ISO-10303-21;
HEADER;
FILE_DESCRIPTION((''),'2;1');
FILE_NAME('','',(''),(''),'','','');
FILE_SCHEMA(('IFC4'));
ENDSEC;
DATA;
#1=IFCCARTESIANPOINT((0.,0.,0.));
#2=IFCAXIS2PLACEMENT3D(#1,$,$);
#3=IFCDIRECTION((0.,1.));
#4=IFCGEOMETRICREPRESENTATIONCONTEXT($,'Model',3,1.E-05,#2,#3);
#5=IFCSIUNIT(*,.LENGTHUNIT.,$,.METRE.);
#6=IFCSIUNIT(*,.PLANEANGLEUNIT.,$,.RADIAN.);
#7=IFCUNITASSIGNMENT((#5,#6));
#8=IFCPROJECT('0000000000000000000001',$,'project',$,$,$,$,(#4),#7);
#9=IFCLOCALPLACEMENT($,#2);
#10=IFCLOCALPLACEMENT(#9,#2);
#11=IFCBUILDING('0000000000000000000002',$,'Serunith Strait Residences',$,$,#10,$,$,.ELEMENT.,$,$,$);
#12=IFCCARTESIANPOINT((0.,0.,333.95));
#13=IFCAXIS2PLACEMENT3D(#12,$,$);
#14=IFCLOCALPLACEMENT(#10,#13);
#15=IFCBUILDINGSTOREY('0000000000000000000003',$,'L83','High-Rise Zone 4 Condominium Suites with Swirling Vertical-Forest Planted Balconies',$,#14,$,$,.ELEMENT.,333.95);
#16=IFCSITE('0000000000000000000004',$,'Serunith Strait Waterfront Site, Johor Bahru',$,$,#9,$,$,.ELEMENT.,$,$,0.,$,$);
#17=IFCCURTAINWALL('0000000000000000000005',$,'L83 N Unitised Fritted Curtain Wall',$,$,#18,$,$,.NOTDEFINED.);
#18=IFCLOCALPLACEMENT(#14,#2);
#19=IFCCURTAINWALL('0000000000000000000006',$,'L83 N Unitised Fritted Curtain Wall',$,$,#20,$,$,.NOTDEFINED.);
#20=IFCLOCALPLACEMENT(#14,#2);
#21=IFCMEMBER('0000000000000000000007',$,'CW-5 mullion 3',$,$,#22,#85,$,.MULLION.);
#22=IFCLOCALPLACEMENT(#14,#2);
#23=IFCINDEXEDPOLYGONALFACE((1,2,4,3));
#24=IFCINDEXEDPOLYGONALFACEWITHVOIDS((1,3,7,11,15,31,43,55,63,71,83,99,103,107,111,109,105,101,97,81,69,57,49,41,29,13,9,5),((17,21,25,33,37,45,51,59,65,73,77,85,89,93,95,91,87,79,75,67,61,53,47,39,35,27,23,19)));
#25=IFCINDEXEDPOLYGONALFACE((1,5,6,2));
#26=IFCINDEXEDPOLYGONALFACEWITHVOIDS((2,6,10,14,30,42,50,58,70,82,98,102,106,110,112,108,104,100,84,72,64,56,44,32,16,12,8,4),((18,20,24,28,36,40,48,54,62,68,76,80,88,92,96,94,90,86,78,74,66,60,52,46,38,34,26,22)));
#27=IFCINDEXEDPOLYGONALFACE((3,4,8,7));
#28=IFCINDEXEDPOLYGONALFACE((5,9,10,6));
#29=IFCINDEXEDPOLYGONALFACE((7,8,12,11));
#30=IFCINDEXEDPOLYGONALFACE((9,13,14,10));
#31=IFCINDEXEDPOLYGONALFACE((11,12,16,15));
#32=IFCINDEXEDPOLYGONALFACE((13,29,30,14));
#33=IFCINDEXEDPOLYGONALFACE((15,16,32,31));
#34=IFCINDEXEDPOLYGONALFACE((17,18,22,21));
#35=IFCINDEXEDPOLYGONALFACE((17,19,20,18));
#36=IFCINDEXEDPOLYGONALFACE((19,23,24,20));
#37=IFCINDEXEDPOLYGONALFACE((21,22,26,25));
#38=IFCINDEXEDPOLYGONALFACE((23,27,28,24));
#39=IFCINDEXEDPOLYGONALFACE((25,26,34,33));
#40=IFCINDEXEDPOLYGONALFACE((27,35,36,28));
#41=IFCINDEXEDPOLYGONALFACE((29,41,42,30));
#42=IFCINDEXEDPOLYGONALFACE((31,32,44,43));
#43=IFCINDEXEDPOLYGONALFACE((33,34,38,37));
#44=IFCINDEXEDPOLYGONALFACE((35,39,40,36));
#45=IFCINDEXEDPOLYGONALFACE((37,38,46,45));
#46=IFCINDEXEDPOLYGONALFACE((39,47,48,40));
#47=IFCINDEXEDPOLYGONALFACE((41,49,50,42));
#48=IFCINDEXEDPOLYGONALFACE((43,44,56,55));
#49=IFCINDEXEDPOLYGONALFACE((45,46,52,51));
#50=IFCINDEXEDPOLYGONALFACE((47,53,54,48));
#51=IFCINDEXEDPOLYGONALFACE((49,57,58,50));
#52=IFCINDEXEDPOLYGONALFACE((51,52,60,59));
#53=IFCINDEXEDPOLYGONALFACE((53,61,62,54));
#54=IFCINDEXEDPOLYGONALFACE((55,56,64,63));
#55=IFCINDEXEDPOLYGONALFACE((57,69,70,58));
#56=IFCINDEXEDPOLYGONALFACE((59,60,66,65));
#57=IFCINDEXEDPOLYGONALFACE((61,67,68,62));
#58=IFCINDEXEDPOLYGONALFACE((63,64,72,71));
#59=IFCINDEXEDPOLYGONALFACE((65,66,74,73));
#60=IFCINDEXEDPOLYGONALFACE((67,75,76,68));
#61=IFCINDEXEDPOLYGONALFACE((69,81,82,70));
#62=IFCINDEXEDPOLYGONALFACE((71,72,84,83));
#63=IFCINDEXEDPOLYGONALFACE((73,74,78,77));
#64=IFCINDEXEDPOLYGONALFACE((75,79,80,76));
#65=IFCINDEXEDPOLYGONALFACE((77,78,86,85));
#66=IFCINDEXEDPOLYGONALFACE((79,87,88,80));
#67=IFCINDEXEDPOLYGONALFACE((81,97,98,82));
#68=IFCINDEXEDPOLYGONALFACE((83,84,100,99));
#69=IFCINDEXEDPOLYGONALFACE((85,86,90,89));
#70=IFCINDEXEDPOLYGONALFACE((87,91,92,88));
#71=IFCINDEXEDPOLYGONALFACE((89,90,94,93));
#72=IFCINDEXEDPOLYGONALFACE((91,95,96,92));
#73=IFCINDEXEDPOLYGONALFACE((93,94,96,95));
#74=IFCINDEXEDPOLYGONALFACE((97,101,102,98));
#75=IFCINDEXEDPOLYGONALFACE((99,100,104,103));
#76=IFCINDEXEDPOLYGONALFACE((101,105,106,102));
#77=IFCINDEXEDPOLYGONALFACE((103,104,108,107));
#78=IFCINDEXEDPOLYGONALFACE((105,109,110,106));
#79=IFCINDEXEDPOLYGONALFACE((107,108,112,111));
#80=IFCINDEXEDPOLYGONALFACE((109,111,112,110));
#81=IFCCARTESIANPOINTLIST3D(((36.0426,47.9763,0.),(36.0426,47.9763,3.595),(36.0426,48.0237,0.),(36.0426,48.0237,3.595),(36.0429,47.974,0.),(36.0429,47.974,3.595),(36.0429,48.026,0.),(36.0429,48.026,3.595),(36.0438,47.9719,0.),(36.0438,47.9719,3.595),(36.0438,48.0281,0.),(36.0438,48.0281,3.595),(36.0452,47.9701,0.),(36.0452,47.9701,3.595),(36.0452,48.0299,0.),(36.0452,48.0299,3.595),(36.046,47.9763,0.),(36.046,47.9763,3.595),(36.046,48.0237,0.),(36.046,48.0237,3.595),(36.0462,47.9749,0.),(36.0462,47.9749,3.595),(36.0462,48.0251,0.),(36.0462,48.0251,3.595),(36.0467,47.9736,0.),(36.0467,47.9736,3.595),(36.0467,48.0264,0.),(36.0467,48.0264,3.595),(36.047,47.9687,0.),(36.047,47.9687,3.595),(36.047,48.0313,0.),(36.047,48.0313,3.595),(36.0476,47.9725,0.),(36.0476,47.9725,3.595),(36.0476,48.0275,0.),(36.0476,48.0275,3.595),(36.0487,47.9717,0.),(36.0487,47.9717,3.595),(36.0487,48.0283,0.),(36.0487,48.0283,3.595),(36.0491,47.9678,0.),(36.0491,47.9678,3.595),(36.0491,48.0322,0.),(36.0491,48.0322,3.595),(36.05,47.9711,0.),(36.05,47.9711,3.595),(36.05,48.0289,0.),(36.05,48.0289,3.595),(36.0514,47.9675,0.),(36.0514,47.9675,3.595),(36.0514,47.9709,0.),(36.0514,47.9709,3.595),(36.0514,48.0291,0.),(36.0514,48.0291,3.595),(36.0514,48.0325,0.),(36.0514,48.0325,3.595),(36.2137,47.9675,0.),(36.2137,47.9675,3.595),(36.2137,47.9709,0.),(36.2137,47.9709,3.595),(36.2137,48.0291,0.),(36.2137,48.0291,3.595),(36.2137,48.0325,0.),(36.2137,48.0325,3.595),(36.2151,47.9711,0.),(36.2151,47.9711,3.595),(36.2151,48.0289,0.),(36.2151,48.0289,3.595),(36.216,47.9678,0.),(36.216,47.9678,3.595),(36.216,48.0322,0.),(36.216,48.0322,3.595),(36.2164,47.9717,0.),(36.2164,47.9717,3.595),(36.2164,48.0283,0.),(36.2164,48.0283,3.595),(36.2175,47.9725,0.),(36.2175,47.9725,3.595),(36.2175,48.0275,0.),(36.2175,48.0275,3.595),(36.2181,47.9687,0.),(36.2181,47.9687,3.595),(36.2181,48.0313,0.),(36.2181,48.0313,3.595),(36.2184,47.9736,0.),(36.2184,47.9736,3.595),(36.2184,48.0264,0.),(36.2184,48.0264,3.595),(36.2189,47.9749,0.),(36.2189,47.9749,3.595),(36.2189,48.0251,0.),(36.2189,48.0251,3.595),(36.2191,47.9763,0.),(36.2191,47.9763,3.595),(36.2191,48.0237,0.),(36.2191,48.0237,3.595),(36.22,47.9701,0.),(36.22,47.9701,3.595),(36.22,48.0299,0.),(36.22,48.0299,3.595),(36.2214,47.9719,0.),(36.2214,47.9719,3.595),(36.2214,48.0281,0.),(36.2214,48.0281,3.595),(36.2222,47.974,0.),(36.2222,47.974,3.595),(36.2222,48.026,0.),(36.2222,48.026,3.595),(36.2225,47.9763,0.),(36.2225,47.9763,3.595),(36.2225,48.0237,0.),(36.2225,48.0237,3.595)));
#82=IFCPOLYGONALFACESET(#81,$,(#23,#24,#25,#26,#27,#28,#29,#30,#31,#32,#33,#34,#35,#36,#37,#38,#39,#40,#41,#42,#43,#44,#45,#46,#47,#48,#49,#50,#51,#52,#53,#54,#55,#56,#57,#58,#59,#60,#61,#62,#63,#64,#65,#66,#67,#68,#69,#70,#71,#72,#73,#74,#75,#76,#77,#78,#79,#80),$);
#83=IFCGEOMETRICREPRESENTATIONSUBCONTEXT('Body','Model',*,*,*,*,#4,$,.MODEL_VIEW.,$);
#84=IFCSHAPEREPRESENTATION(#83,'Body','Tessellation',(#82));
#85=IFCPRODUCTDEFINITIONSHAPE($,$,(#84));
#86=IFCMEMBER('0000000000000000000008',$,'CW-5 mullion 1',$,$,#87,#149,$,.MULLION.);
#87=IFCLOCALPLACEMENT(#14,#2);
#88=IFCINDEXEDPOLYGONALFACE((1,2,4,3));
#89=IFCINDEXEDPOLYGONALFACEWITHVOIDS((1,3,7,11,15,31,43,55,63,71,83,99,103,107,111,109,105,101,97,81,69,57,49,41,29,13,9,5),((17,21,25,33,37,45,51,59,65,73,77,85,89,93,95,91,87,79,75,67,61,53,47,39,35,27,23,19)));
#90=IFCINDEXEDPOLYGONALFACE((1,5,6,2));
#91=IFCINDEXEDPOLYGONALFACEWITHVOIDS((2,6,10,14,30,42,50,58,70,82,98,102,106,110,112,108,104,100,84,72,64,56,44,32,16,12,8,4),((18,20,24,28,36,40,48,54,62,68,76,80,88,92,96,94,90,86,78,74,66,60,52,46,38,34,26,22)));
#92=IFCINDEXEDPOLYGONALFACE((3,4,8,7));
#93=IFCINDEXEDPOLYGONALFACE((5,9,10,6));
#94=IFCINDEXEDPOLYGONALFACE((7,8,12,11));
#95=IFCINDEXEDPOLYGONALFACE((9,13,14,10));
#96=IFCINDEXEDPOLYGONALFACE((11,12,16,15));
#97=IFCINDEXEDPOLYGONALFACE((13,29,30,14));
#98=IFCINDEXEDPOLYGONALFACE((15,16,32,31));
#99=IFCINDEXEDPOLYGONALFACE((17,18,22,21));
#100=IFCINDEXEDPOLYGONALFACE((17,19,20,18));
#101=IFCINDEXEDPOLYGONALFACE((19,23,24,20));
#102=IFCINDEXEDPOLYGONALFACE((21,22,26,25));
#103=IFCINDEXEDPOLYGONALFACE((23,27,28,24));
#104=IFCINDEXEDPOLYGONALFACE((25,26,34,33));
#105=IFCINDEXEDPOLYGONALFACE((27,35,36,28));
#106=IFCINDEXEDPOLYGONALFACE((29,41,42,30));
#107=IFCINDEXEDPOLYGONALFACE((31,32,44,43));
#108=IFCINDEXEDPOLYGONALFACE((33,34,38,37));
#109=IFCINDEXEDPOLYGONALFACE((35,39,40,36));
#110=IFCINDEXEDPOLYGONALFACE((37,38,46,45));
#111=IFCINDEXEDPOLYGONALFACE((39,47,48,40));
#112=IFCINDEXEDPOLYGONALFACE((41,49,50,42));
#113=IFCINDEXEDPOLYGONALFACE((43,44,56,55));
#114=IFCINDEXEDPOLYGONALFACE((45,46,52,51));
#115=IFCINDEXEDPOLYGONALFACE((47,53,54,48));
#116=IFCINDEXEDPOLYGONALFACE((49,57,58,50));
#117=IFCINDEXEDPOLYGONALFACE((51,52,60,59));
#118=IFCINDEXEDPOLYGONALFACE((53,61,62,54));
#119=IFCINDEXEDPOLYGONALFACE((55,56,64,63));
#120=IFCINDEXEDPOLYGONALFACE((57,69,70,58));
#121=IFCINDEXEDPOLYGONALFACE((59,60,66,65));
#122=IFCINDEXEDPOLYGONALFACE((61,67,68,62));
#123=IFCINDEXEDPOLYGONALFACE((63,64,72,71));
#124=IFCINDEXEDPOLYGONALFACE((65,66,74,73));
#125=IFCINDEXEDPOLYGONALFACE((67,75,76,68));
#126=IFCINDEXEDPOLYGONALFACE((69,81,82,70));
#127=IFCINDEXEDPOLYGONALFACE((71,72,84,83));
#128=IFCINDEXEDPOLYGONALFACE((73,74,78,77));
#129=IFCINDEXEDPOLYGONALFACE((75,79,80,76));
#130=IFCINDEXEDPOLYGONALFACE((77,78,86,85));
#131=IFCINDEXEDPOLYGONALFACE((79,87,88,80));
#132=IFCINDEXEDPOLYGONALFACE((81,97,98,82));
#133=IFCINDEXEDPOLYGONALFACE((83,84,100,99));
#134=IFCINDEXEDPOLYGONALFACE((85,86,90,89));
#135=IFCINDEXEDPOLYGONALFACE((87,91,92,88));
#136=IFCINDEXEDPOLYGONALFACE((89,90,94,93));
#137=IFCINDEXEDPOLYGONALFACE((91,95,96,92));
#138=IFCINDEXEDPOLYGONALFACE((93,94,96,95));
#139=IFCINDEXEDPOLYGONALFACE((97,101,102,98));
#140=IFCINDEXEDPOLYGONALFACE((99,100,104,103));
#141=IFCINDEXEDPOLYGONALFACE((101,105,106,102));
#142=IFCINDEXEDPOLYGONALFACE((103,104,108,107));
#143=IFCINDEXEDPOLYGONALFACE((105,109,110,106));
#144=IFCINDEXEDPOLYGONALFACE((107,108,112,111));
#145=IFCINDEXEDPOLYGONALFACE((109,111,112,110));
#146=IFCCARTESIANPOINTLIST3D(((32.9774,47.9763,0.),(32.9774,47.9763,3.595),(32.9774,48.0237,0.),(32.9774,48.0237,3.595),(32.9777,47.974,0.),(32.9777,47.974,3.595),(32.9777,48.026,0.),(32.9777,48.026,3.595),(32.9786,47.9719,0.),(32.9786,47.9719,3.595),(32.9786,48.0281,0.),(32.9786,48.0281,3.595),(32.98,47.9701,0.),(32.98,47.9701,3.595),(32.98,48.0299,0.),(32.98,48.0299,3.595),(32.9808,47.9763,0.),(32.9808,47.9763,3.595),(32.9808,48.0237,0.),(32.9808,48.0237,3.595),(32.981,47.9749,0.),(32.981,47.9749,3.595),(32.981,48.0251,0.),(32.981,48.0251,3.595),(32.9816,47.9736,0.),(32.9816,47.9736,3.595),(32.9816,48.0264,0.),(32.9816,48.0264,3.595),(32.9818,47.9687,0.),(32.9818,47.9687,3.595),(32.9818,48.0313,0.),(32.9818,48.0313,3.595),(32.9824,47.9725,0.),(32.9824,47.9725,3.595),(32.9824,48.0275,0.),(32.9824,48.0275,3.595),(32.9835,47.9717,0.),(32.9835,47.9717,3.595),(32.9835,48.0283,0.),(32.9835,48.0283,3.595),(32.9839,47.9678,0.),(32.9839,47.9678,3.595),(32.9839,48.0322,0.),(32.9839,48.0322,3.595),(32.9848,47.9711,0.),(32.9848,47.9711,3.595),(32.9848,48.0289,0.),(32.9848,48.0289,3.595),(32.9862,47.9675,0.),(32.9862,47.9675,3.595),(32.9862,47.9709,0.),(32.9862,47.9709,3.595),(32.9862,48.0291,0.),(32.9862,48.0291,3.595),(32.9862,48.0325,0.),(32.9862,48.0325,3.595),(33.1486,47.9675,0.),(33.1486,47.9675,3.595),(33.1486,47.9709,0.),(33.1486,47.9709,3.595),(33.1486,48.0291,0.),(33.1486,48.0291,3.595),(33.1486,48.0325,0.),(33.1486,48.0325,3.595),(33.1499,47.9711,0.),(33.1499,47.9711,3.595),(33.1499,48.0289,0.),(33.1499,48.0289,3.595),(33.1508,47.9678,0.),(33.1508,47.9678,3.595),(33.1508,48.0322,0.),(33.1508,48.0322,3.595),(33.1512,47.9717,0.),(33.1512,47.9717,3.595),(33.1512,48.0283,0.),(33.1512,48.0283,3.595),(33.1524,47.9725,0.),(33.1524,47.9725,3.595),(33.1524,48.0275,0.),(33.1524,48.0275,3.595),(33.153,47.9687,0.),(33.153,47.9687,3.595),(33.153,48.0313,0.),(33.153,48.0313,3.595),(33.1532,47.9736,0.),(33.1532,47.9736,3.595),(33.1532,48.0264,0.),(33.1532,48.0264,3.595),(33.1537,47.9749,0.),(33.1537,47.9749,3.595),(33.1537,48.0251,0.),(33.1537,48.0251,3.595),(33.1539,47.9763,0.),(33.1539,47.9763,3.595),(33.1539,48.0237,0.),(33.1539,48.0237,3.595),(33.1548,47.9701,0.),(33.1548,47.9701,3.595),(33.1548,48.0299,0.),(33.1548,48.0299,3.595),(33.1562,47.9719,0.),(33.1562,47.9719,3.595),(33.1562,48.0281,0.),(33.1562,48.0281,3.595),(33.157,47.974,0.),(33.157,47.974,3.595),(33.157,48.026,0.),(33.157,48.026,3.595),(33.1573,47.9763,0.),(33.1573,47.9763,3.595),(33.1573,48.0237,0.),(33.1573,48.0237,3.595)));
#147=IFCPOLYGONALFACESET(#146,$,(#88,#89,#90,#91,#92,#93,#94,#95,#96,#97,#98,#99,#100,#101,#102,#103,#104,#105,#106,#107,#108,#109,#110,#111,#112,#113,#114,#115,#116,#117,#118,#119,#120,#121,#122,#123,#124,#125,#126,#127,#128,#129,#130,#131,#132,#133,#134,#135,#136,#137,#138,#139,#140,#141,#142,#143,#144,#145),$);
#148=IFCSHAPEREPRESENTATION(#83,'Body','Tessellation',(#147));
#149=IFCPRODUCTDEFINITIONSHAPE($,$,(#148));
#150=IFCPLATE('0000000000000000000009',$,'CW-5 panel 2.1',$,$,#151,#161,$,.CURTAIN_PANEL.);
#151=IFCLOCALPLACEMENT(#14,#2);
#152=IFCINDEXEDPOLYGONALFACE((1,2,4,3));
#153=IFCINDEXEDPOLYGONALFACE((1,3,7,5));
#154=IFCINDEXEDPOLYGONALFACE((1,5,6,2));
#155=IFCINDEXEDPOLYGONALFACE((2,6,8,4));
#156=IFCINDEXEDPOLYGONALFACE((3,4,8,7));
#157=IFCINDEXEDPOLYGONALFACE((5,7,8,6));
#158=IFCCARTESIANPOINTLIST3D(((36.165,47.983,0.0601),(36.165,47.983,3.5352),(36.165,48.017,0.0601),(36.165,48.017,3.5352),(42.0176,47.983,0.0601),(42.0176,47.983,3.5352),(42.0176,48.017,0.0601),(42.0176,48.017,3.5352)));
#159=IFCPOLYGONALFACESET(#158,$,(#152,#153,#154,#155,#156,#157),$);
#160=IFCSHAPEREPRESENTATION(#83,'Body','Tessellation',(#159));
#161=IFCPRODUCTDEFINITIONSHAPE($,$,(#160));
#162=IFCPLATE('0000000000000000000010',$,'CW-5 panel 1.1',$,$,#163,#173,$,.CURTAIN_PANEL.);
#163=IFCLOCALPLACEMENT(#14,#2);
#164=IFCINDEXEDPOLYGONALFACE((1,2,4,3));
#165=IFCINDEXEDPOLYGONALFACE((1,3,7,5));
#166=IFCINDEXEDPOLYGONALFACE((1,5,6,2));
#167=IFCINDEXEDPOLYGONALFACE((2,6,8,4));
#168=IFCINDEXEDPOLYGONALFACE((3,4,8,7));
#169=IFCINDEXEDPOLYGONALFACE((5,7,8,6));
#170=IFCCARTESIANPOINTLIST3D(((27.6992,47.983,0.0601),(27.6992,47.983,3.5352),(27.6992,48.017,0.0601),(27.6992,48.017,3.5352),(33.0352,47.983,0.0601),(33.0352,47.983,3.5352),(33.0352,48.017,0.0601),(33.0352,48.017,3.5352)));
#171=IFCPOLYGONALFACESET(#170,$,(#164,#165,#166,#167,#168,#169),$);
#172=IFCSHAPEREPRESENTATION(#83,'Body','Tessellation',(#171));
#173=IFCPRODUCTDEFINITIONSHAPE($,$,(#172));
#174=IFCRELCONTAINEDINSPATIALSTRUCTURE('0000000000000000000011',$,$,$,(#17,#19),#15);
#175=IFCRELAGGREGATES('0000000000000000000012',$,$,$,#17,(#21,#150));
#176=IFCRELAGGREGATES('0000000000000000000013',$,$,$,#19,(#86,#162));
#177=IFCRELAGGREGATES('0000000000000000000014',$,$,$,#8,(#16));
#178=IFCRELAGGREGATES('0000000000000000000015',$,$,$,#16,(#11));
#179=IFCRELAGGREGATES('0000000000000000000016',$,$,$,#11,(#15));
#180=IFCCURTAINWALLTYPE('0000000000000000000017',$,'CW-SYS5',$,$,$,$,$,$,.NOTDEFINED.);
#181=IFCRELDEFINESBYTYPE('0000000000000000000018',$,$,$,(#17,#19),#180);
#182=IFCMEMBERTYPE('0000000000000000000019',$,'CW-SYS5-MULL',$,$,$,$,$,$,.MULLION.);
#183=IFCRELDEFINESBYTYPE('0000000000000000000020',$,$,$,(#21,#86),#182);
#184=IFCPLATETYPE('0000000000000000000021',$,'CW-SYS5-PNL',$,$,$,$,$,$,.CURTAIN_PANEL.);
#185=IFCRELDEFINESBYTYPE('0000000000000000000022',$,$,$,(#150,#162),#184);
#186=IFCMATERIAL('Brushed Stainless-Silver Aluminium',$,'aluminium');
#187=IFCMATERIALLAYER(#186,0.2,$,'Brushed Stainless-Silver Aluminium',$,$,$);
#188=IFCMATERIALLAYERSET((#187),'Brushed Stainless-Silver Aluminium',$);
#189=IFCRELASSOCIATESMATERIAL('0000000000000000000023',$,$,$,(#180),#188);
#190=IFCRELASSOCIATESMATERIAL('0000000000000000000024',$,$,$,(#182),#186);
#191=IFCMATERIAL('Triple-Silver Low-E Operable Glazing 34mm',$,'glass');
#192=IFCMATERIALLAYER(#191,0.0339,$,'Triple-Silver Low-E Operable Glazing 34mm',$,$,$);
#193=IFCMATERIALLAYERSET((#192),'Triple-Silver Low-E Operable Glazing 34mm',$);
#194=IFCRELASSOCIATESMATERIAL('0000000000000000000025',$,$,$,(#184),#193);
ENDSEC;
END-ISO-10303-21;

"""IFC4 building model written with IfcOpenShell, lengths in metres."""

from ifc_helpers import new_model, si_unit, direction, frame, origin, origin_2d, place, context, subcontext, project, spatial, rectangle, hollow_rectangle, extrude, source, transform, mapped, material, layer, layer_set, material_profile, profile_set, type_object, element, aggregate, save


model = new_model("IFC4")

# Units and contexts
model_context = context("Model", 3, precision=1e-05, world=origin(), true_north=direction((0.0, 1.0)))
body_context = subcontext(model_context, "Body", "Model", "MODEL_VIEW")
ifc_project = project(units=[si_unit("LENGTHUNIT", "METRE"), si_unit("PLANEANGLEUNIT", "RADIAN")], contexts=[model_context])

# Site, building, storey
site_placement = place(None, origin())
site = spatial("IfcSite", under=ifc_project, at=site_placement, Name="Serunith Strait Waterfront Site, Johor Bahru", CompositionType="ELEMENT", RefElevation=0.0)
building_placement = place(site_placement, origin())
building = spatial("IfcBuilding", under=site, at=building_placement, Name="Serunith Strait Residences", CompositionType="ELEMENT")
storey_placement = place(building_placement, frame((0.0, 0.0, 333.95)))
storey = spatial("IfcBuildingStorey", under=building, at=storey_placement, Name="L83", Description="High-Rise Zone 4 Condominium Suites with Swirling Vertical-Forest Planted Balconies", CompositionType="ELEMENT", Elevation=333.95)

# Curtain walls
ifc_material_1 = material(Name="Brushed Stainless-Silver Aluminium", Category="aluminium")
ifc_layer_1 = layer(ifc_material_1, 0.2, Name="Brushed Stainless-Silver Aluminium")
ifc_layer_set_1 = layer_set([ifc_layer_1], Name="Brushed Stainless-Silver Aluminium")
curtain_wall_type = type_object("IfcCurtainWallType", Name="CW-SYS5", PredefinedType="NOTDEFINED", material=ifc_layer_set_1)
curtain_wall_1_placement = place(storey_placement, origin())
curtain_wall_1 = element("IfcCurtainWall", 1, at=curtain_wall_1_placement, inside=storey, type_object=curtain_wall_type, Name="L83 N Unitised Fritted Curtain Wall", PredefinedType="NOTDEFINED")
curtain_wall_2_placement = place(storey_placement, origin())
curtain_wall_2 = element("IfcCurtainWall", 2, at=curtain_wall_2_placement, inside=storey, type_object=curtain_wall_type, Name="L83 N Unitised Fritted Curtain Wall", PredefinedType="NOTDEFINED")

# Members
ifc_material_profile_1 = material_profile(ifc_material_1, hollow_rectangle(XDim=0.0649, YDim=0.1799, WallThickness=0.0034, InnerFilletRadius=0.0054, OuterFilletRadius=0.0088, at=origin_2d()), Name="ALU 180x65x3.5")
ifc_profile_set_1 = profile_set([ifc_material_profile_1], Name="Brushed Stainless-Silver Aluminium")
member_type_1 = type_object("IfcMemberType", Name="CW-SYS5-MULL", PredefinedType="MULLION", material=ifc_profile_set_1)
shared_shape_1 = source(origin(), body_context, "Body", "SweptSolid", [
    extrude(hollow_rectangle(XDim=0.0649, YDim=0.1799, WallThickness=0.0034, InnerFilletRadius=0.0054, OuterFilletRadius=0.0088, at=origin_2d()), origin(), (0.0, 0.0, 1.0), 3.595),
])
member_1_placement = place(storey_placement, frame((36.1326, 48.0, 0.0), z_axis=(0.0, 0.0, 1.0), x_axis=(0.0, -1.0, 0.0)))
member_1 = element("IfcMember", 3, at=member_1_placement, type_object=member_type_1, Name="CW-5 mullion 3", PredefinedType="MULLION", context=body_context, shape_type="MappedRepresentation", body=[
    mapped(shared_shape_1, transform((0.0, 0.0, 0.0), scale=1.0)),
])
member_2_placement = place(storey_placement, frame((33.0674, 48.0, 0.0), z_axis=(0.0, 0.0, 1.0), x_axis=(0.0, -1.0, 0.0)))
member_2 = element("IfcMember", 4, at=member_2_placement, type_object=member_type_1, Name="CW-5 mullion 1", PredefinedType="MULLION", context=body_context, shape_type="MappedRepresentation", body=[
    mapped(shared_shape_1, transform((0.0, 0.0, 0.0), scale=1.0)),
])

# Plates
ifc_material_2 = material(Name="Triple-Silver Low-E Operable Glazing 34mm", Category="glass")
ifc_layer_2 = layer(ifc_material_2, 0.0339, Name="Triple-Silver Low-E Operable Glazing 34mm")
ifc_layer_set_2 = layer_set([ifc_layer_2], Name="Triple-Silver Low-E Operable Glazing 34mm")
plate_type = type_object("IfcPlateType", Name="CW-SYS5-PNL", PredefinedType="CURTAIN_PANEL", material=ifc_layer_set_2)
shared_shape_2 = source(origin(), body_context, "Body", "SweptSolid", [
    extrude(rectangle(XDim=5.8525, YDim=0.0339, at=origin_2d()), origin(), (0.0, 0.0, 1.0), 3.4751),
])
plate_1_placement = place(storey_placement, frame((39.0913, 48.0, 0.0601), z_axis=(0.0, 0.0, 1.0), x_axis=(-1.0, 0.0, 0.0)))
plate_1 = element("IfcPlate", 5, at=plate_1_placement, type_object=plate_type, Name="CW-5 panel 2.1", PredefinedType="CURTAIN_PANEL", context=body_context, shape_type="MappedRepresentation", body=[
    mapped(shared_shape_2, transform((0.0, 0.0, 0.0), scale=1.0)),
])
aggregate(curtain_wall_1, [member_1, plate_1])
shared_shape_3 = source(origin(), body_context, "Body", "SweptSolid", [
    extrude(rectangle(XDim=5.3359, YDim=0.0339, at=origin_2d()), origin(), (0.0, 0.0, 1.0), 3.4751),
])
plate_2_placement = place(storey_placement, frame((30.3672, 48.0, 0.0601), z_axis=(0.0, 0.0, 1.0), x_axis=(-1.0, 0.0, 0.0)))
plate_2 = element("IfcPlate", 6, at=plate_2_placement, type_object=plate_type, Name="CW-5 panel 1.1", PredefinedType="CURTAIN_PANEL", context=body_context, shape_type="MappedRepresentation", body=[
    mapped(shared_shape_3, transform((0.0, 0.0, 0.0), scale=1.0)),
])
aggregate(curtain_wall_2, [member_2, plate_2])

save(model, "model.ifc")
